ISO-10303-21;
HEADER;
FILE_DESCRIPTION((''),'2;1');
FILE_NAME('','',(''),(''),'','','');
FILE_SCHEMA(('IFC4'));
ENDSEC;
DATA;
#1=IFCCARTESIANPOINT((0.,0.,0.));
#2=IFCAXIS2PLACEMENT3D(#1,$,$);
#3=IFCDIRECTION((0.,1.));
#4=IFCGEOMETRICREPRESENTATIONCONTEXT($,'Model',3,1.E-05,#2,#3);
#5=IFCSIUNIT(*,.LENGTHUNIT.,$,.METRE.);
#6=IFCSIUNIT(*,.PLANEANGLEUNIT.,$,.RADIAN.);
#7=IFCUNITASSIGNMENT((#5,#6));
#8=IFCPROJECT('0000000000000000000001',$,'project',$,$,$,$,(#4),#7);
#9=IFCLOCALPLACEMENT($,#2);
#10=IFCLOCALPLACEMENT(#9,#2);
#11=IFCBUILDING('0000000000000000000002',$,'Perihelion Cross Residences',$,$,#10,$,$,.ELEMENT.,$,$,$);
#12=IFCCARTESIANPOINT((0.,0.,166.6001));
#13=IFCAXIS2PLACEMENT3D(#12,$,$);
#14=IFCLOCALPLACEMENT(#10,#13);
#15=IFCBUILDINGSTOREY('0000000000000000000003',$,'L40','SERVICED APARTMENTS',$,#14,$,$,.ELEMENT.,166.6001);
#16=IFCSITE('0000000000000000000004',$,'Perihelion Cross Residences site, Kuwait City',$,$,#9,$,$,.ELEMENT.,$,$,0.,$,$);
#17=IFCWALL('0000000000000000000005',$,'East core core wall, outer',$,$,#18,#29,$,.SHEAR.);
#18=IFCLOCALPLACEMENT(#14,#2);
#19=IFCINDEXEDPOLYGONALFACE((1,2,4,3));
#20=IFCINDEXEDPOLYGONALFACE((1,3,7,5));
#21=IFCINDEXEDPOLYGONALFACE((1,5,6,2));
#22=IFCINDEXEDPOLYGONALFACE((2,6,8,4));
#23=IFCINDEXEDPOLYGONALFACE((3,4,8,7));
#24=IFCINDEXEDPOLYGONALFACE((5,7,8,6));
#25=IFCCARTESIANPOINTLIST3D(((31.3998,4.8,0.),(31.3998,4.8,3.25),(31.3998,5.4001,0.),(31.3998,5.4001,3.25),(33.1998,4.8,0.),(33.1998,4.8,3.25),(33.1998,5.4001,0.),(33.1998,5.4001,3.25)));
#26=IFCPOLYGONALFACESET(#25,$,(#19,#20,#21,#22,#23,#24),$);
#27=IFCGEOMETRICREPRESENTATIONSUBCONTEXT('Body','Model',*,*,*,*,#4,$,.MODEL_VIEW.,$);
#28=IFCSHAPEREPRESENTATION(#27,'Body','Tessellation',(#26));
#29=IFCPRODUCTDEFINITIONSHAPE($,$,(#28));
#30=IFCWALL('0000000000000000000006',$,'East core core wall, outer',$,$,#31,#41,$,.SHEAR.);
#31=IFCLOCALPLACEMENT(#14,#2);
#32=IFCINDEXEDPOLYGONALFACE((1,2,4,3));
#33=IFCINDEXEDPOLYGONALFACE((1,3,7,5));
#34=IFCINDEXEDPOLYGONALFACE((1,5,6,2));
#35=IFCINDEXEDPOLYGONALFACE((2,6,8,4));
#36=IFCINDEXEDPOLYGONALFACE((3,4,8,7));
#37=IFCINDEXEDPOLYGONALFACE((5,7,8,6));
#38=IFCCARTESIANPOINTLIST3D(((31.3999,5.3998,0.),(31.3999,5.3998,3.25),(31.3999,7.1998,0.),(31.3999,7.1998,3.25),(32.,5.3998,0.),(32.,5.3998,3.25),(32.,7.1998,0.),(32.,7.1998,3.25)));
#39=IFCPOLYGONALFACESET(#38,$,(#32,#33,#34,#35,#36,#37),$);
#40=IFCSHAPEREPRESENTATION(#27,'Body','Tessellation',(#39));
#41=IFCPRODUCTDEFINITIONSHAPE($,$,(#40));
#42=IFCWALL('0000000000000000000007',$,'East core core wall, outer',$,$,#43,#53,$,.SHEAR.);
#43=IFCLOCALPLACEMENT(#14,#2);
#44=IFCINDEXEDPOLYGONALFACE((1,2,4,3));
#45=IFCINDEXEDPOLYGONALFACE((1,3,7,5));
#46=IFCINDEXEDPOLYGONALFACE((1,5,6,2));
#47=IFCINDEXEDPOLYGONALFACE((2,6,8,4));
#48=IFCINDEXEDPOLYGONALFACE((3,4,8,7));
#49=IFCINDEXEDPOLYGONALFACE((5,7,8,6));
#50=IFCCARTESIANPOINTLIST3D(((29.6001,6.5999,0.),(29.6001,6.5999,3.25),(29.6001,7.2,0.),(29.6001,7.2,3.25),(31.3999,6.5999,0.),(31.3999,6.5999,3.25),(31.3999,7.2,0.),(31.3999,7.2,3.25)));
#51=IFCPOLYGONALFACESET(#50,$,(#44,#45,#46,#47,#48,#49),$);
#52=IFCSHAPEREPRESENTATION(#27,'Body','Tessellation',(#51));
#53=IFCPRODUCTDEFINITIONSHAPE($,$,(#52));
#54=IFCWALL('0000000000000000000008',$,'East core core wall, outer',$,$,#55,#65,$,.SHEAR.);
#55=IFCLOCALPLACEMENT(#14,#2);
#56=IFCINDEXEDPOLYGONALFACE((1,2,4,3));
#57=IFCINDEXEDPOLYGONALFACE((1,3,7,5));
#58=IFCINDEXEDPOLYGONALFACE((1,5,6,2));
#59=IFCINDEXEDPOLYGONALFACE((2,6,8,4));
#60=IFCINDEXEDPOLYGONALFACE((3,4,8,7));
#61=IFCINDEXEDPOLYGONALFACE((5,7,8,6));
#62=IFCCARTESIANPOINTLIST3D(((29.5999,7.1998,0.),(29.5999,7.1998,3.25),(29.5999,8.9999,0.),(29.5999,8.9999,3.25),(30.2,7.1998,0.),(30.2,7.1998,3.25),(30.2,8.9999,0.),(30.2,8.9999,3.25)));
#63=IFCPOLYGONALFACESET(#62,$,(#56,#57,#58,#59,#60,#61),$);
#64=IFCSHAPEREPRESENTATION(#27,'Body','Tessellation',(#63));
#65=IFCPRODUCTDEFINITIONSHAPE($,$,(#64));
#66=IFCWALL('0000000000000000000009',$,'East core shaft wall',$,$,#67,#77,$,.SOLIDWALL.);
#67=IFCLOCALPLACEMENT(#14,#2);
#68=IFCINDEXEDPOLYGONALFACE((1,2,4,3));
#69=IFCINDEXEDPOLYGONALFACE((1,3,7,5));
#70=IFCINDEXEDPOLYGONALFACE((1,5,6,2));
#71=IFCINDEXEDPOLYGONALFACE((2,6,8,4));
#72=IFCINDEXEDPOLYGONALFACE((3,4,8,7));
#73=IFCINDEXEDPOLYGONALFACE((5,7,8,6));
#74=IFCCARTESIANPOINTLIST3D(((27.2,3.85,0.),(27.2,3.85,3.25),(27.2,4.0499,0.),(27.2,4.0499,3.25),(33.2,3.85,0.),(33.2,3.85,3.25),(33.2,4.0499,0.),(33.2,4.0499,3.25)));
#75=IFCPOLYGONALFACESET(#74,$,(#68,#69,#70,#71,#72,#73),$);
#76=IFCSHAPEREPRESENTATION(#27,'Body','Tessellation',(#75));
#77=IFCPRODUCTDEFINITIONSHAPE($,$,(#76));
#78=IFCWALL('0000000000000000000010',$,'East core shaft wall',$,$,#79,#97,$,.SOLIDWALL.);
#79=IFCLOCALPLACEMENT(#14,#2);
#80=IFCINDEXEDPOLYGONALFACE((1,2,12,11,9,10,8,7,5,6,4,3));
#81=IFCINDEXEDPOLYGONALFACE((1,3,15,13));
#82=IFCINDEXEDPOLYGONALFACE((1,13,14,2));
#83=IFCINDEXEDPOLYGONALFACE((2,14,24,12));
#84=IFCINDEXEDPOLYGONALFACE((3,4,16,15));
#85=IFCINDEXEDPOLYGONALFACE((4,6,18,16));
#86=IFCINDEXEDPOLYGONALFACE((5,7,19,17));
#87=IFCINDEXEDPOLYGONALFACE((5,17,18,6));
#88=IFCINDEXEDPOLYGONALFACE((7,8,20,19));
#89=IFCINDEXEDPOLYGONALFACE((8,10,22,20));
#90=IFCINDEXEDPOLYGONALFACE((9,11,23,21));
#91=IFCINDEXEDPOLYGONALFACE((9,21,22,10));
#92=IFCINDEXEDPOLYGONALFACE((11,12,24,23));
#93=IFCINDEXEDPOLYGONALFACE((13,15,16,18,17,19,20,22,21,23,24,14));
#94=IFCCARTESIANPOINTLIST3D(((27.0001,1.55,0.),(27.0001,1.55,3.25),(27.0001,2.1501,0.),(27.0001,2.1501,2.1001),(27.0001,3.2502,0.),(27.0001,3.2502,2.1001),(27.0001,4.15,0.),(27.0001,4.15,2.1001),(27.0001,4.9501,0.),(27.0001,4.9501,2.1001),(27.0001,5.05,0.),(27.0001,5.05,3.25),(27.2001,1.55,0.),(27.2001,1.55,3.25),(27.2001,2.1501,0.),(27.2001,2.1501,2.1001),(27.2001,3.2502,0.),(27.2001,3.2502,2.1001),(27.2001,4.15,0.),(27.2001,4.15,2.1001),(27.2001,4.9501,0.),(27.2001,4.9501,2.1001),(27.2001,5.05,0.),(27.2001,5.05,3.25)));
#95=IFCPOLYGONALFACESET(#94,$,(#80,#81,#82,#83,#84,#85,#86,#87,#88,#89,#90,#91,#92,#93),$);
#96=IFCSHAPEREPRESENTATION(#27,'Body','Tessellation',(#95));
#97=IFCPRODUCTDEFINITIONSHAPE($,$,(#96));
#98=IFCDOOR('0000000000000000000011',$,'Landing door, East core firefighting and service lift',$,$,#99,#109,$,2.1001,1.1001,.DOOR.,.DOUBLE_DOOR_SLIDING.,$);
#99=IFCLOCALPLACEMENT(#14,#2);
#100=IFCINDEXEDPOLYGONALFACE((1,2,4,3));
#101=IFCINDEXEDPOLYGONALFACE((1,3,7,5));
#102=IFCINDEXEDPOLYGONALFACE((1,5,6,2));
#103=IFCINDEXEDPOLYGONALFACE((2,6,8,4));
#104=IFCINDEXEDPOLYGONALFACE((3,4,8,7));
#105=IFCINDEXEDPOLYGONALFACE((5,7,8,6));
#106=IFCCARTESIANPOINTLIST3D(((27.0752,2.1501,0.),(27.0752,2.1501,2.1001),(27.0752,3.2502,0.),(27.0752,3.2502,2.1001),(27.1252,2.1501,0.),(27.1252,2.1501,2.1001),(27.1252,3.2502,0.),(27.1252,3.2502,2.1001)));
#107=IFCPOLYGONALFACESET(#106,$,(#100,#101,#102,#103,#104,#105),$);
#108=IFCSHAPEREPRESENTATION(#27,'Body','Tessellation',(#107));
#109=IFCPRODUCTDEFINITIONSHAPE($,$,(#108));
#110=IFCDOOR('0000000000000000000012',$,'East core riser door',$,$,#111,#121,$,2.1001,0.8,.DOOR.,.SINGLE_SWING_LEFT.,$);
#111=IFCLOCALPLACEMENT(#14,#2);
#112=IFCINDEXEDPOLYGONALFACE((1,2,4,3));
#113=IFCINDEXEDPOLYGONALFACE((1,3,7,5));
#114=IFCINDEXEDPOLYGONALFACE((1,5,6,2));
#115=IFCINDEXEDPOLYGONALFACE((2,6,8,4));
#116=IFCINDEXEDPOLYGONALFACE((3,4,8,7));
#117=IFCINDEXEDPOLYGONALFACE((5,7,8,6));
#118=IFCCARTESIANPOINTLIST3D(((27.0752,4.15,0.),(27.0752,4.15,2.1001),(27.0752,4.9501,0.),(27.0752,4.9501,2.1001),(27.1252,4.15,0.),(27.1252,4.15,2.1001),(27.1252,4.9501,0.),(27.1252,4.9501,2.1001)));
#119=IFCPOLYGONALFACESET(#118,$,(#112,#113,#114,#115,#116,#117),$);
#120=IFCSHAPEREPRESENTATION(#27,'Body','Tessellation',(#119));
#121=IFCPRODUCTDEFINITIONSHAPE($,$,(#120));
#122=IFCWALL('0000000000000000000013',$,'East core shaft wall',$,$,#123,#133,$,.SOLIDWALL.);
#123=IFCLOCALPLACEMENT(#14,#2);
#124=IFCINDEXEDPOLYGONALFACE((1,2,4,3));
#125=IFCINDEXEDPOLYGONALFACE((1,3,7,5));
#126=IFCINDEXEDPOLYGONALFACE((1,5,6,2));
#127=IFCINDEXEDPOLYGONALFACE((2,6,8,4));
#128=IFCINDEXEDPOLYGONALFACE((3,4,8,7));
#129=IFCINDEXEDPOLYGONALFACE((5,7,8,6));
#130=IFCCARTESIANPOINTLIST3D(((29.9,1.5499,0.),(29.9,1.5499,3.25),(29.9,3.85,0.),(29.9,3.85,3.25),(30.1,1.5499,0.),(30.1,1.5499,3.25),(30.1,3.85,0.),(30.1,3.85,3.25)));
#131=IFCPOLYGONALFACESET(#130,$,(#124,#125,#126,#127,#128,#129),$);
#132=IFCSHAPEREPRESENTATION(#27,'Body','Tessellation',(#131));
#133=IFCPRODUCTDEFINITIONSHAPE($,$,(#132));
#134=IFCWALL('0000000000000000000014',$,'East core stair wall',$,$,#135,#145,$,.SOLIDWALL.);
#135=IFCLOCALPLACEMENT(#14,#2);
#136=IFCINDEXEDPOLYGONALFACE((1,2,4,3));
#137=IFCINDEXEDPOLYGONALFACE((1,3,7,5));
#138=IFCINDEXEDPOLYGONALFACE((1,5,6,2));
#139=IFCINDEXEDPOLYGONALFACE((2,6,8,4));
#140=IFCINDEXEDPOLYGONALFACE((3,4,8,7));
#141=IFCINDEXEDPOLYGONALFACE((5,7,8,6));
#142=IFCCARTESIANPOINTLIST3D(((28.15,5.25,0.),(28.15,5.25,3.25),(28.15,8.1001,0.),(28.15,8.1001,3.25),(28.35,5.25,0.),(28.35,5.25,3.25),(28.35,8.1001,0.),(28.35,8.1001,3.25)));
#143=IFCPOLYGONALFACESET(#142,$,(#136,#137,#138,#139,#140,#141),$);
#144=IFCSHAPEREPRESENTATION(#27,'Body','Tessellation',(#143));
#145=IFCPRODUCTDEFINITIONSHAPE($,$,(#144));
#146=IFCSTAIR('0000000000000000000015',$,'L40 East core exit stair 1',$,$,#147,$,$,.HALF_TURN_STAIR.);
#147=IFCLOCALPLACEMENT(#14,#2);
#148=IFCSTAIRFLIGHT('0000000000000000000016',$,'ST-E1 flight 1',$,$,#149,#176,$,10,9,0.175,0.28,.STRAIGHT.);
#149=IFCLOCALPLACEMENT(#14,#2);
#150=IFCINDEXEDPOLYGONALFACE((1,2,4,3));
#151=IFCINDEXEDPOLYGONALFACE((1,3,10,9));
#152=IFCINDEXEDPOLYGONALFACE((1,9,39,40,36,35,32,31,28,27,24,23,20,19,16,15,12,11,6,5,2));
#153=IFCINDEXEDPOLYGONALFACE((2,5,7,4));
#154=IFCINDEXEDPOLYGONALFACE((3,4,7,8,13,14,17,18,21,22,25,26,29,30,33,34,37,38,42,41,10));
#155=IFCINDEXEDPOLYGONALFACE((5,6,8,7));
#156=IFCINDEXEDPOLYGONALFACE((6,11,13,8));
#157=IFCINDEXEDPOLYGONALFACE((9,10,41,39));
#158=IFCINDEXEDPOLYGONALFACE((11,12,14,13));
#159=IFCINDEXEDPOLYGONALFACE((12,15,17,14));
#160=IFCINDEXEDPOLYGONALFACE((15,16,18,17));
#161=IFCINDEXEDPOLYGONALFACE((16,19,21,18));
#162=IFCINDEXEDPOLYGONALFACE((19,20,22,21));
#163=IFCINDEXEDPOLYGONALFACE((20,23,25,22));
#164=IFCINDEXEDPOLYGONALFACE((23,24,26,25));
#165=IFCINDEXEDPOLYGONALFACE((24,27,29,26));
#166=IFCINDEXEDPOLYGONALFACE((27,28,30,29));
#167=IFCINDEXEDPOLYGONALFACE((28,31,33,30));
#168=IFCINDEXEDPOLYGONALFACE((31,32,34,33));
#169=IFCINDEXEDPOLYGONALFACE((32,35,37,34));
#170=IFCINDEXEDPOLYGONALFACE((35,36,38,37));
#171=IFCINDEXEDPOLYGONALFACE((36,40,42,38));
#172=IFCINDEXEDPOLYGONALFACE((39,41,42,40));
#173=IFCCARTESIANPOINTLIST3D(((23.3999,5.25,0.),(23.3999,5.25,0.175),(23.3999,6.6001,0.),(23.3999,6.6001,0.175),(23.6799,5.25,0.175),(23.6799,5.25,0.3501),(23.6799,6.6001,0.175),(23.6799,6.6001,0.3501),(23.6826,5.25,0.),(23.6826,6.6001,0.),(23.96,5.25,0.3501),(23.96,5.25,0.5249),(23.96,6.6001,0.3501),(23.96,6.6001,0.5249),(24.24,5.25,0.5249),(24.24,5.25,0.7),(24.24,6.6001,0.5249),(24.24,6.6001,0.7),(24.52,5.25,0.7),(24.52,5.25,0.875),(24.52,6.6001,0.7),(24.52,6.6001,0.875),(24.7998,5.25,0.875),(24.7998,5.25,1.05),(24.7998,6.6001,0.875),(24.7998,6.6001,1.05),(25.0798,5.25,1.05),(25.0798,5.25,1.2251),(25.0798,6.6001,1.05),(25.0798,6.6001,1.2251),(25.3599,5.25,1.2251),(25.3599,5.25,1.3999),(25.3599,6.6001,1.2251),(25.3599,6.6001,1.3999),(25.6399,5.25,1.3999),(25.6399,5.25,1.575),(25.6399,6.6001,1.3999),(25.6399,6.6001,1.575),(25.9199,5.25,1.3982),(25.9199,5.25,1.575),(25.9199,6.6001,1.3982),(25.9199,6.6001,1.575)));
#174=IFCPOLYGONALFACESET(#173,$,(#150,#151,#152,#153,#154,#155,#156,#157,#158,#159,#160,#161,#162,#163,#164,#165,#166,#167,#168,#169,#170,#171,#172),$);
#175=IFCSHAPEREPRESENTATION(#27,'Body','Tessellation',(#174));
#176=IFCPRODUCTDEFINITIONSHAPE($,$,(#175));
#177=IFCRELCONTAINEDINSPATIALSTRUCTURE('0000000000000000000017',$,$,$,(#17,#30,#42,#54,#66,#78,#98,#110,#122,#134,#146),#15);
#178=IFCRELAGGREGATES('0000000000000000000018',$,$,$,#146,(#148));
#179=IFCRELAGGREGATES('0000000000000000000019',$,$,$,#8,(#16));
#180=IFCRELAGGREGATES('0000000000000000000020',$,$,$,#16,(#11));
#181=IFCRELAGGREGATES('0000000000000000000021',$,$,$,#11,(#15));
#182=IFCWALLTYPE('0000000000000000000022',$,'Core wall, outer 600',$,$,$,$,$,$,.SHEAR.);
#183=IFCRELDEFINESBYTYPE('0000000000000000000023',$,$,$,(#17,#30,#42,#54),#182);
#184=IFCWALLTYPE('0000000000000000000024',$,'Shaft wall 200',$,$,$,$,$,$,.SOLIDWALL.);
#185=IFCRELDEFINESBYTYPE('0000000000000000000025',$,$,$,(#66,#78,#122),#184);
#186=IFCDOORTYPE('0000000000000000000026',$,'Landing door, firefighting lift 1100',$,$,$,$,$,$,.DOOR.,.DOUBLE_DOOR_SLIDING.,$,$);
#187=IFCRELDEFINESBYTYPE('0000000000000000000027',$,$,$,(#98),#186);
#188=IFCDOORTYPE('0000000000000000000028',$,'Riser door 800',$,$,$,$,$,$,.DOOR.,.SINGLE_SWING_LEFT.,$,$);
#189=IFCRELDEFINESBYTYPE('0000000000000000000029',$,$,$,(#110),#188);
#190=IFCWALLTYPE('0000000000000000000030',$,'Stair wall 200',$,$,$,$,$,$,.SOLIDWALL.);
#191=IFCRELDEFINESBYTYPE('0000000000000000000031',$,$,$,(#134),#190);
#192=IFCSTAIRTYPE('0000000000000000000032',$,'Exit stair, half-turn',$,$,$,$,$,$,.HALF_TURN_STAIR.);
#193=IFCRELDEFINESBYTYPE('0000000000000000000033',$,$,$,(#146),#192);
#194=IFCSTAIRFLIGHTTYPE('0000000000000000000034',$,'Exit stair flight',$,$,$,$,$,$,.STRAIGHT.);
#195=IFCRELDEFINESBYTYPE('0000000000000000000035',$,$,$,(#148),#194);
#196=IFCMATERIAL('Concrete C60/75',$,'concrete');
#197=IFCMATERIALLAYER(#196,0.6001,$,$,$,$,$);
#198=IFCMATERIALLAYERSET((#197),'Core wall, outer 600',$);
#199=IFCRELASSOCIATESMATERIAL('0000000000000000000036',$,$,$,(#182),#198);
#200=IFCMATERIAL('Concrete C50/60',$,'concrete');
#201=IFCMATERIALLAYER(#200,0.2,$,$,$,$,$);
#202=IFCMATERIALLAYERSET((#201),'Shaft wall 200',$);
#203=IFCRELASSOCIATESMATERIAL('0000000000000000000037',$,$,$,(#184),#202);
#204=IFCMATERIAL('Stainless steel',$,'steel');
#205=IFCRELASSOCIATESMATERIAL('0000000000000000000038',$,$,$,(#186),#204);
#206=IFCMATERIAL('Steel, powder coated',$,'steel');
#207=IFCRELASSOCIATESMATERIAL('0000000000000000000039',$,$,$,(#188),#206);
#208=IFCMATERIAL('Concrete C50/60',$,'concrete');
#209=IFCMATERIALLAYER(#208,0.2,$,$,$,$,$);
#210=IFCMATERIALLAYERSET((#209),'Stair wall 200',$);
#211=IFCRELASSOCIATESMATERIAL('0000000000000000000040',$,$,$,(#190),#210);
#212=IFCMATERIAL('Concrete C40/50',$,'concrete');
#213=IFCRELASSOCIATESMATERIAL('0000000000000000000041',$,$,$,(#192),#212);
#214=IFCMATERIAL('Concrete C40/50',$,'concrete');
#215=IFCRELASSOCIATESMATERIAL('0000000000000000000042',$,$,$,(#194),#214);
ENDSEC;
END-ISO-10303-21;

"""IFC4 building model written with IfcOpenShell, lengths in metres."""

from ifc_helpers import new_model, si_unit, direction, frame, frame_2d, origin, place, context, subcontext, project, spatial, polyline, rectangle, outline, extrude, material, layer, layer_set, type_object, element, fill, aggregate, save


model = new_model("IFC4")

# Units and contexts
model_context = context("Model", 3, precision=1e-05, world=origin(), true_north=direction((0.0, 1.0)))
body_context = subcontext(model_context, "Body", "Model", "MODEL_VIEW")
ifc_project = project(units=[si_unit("LENGTHUNIT", "METRE"), si_unit("PLANEANGLEUNIT", "RADIAN")], contexts=[model_context])

# Site, building, storey
site_placement = place(None, origin())
site = spatial("IfcSite", under=ifc_project, at=site_placement, Name="Perihelion Cross Residences site, Kuwait City", CompositionType="ELEMENT", RefElevation=0.0)
building_placement = place(site_placement, origin())
building = spatial("IfcBuilding", under=site, at=building_placement, Name="Perihelion Cross Residences", CompositionType="ELEMENT")
storey_placement = place(building_placement, frame((0.0, 0.0, 166.6001)))
storey = spatial("IfcBuildingStorey", under=building, at=storey_placement, Name="L40", Description="SERVICED APARTMENTS", CompositionType="ELEMENT", Elevation=166.6001)

# Walls
ifc_material_1 = material(Name="Concrete C60/75", Category="concrete")
ifc_layer_1 = layer(ifc_material_1, 0.6001)
ifc_layer_set_1 = layer_set([ifc_layer_1], Name="Core wall, outer 600")
wall_type_1 = type_object("IfcWallType", Name="Core wall, outer 600", PredefinedType="SHEAR", material=ifc_layer_set_1)
for number, where, z_axis, x_axis, name in (
    (1, (31.3999, 5.1001, 0.0), (0.0, 0.0, 1.0), (1.0, 0.0, 0.0), "East core core wall, outer"),
    (2, (31.7, 5.3999, 0.0), (0.0, 0.0, 1.0), (0.0, 1.0, 0.0), "East core core wall, outer"),
):
    element("IfcWall", number, at=place(storey_placement, frame(where, z_axis=z_axis, x_axis=x_axis)), inside=storey, type_object=wall_type_1, Name=name, PredefinedType="SHEAR", context=body_context, shape_type="SweptSolid", body=[
        extrude(rectangle(XDim=1.8, YDim=0.6001, at=frame_2d((0.8999, 0.0))), origin(), (0.0, 0.0, 1.0), 3.25),
    ])
wall_1_placement = place(storey_placement, frame((29.6001, 6.8999, 0.0), z_axis=(0.0, 0.0, 1.0), x_axis=(1.0, 0.0, 0.0)))
element("IfcWall", 3, at=wall_1_placement, inside=storey, type_object=wall_type_1, Name="East core core wall, outer", PredefinedType="SHEAR", context=body_context, shape_type="SweptSolid", body=[
    extrude(rectangle(XDim=1.7998, YDim=0.6001, at=frame_2d((0.8999, 0.0))), origin(), (0.0, 0.0, 1.0), 3.25),
])
wall_2_placement = place(storey_placement, frame((29.8999, 7.2, 0.0), z_axis=(0.0, 0.0, 1.0), x_axis=(0.0, 1.0, 0.0)))
element("IfcWall", 4, at=wall_2_placement, inside=storey, type_object=wall_type_1, Name="East core core wall, outer", PredefinedType="SHEAR", context=body_context, shape_type="SweptSolid", body=[
    extrude(rectangle(XDim=1.8, YDim=0.6001, at=frame_2d((0.8999, 0.0))), origin(), (0.0, 0.0, 1.0), 3.25),
])
ifc_material_2 = material(Name="Concrete C50/60", Category="concrete")
ifc_layer_2 = layer(ifc_material_2, 0.2)
ifc_layer_set_2 = layer_set([ifc_layer_2], Name="Shaft wall 200")
wall_type_2 = type_object("IfcWallType", Name="Shaft wall 200", PredefinedType="SOLIDWALL", material=ifc_layer_set_2)
wall_3_placement = place(storey_placement, frame((27.2, 3.95, 0.0), z_axis=(0.0, 0.0, 1.0), x_axis=(1.0, 0.0, 0.0)))
element("IfcWall", 5, at=wall_3_placement, inside=storey, type_object=wall_type_2, Name="East core shaft wall", PredefinedType="SOLIDWALL", context=body_context, shape_type="SweptSolid", body=[
    extrude(rectangle(XDim=6.0, YDim=0.2, at=frame_2d((3.0, 0.0))), origin(), (0.0, 0.0, 1.0), 3.25),
])

# Wall, openings, doors
wall_4_placement = place(storey_placement, frame((27.1001, 1.55, 0.0), z_axis=(0.0, 0.0, 1.0), x_axis=(0.0, 1.0, 0.0)))
wall_4 = element("IfcWall", 6, at=wall_4_placement, inside=storey, type_object=wall_type_2, Name="East core shaft wall", PredefinedType="SOLIDWALL", context=body_context, shape_type="SweptSolid", body=[
    extrude(rectangle(XDim=3.5, YDim=0.2, at=frame_2d((1.75, 0.0))), origin(), (0.0, 0.0, 1.0), 3.25),
])
opening_1_placement = place(wall_4_placement, frame((0.6001, 0.0, 0.0)))
opening_1 = element("IfcOpeningElement", 7, at=opening_1_placement, cuts=wall_4, PredefinedType="OPENING", context=body_context, shape_type="SweptSolid", body=[
    extrude(rectangle(XDim=1.1001, YDim=2.1001, at=frame_2d((0.55, 1.05))), frame((0.0, 0.1099, 0.0), z_axis=(0.0, -1.0, 0.0), x_axis=(1.0, 0.0, 0.0)), (0.0, 0.0, 1.0), 0.22),
])
opening_2_placement = place(wall_4_placement, frame((2.6001, 0.0, 0.0)))
opening_2 = element("IfcOpeningElement", 8, at=opening_2_placement, cuts=wall_4, PredefinedType="OPENING", context=body_context, shape_type="SweptSolid", body=[
    extrude(rectangle(XDim=0.8, YDim=2.1001, at=frame_2d((0.3999, 1.05))), frame((0.0, 0.1099, 0.0), z_axis=(0.0, -1.0, 0.0), x_axis=(1.0, 0.0, 0.0)), (0.0, 0.0, 1.0), 0.22),
])
ifc_material_3 = material(Name="Stainless steel", Category="steel")
door_type_1 = type_object("IfcDoorType", Name="Landing door, firefighting lift 1100", OperationType="DOUBLE_DOOR_SLIDING", PredefinedType="DOOR", material=ifc_material_3)
door_1_placement = place(opening_1_placement, origin())
door_1 = element("IfcDoor", 9, at=door_1_placement, inside=storey, type_object=door_type_1, Name="Landing door, East core firefighting and service lift", OperationType="DOUBLE_DOOR_SLIDING", OverallHeight=2.1001, OverallWidth=1.1001, PredefinedType="DOOR", context=body_context, shape_type="SweptSolid", body=[
    extrude(rectangle(XDim=1.1001, YDim=2.1001, at=frame_2d((0.55, 1.05))), frame((0.0, 0.0249, 0.0), z_axis=(0.0, -1.0, 0.0), x_axis=(1.0, 0.0, 0.0)), (0.0, 0.0, 1.0), 0.05),
])
fill(opening_1, door_1)
ifc_material_4 = material(Name="Steel, powder coated", Category="steel")
door_type_2 = type_object("IfcDoorType", Name="Riser door 800", OperationType="SINGLE_SWING_LEFT", PredefinedType="DOOR", material=ifc_material_4)
door_2_placement = place(opening_2_placement, origin())
door_2 = element("IfcDoor", 10, at=door_2_placement, inside=storey, type_object=door_type_2, Name="East core riser door", OperationType="SINGLE_SWING_LEFT", OverallHeight=2.1001, OverallWidth=0.8, PredefinedType="DOOR", context=body_context, shape_type="SweptSolid", body=[
    extrude(rectangle(XDim=0.8, YDim=2.1001, at=frame_2d((0.3999, 1.05))), frame((0.0, 0.0249, 0.0), z_axis=(0.0, -1.0, 0.0), x_axis=(1.0, 0.0, 0.0)), (0.0, 0.0, 1.0), 0.05),
])
fill(opening_2, door_2)

# Walls
wall_5_placement = place(storey_placement, frame((30.0, 1.55, 0.0), z_axis=(0.0, 0.0, 1.0), x_axis=(0.0, 1.0, 0.0)))
element("IfcWall", 11, at=wall_5_placement, inside=storey, type_object=wall_type_2, Name="East core shaft wall", PredefinedType="SOLIDWALL", context=body_context, shape_type="SweptSolid", body=[
    extrude(rectangle(XDim=2.3, YDim=0.2, at=frame_2d((1.1499, 0.0))), origin(), (0.0, 0.0, 1.0), 3.25),
])
ifc_material_5 = material(Name="Concrete C50/60", Category="concrete")
ifc_layer_3 = layer(ifc_material_5, 0.2)
ifc_layer_set_3 = layer_set([ifc_layer_3], Name="Stair wall 200")
wall_type_3 = type_object("IfcWallType", Name="Stair wall 200", PredefinedType="SOLIDWALL", material=ifc_layer_set_3)
wall_6_placement = place(storey_placement, frame((28.25, 5.25, 0.0), z_axis=(0.0, 0.0, 1.0), x_axis=(0.0, 1.0, 0.0)))
element("IfcWall", 12, at=wall_6_placement, inside=storey, type_object=wall_type_3, Name="East core stair wall", PredefinedType="SOLIDWALL", context=body_context, shape_type="SweptSolid", body=[
    extrude(rectangle(XDim=2.8501, YDim=0.2, at=frame_2d((1.425, 0.0))), origin(), (0.0, 0.0, 1.0), 3.25),
])

# Stair, stair flight
ifc_material_6 = material(Name="Concrete C40/50", Category="concrete")
stair_type = type_object("IfcStairType", Name="Exit stair, half-turn", PredefinedType="HALF_TURN_STAIR", material=ifc_material_6)
stair_placement = place(storey_placement, origin())
stair = element("IfcStair", 13, at=stair_placement, inside=storey, type_object=stair_type, Name="L40 East core exit stair 1", PredefinedType="HALF_TURN_STAIR")
ifc_material_7 = material(Name="Concrete C40/50", Category="concrete")
stair_flight_type = type_object("IfcStairFlightType", Name="Exit stair flight", PredefinedType="STRAIGHT", material=ifc_material_7)
stair_flight_1_placement = place(storey_placement, frame((23.3999, 5.925, 0.0), z_axis=(0.0, 0.0, 1.0), x_axis=(1.0, 0.0, 0.0)))
stair_flight_1 = element("IfcStairFlight", 14, at=stair_flight_1_placement, type_object=stair_flight_type, Name="ST-E1 flight 1", NumberOfRisers=10, NumberOfTreads=9, PredefinedType="STRAIGHT", RiserHeight=0.175, TreadLength=0.28, context=body_context, shape_type="SweptSolid", body=[
    extrude(outline(polyline([(0.0, 0.0), (0.0, 0.175), (0.28, 0.175), (0.28, 0.3501), (0.5601, 0.3501), (0.5601, 0.5249), (0.8401, 0.5249), (0.8401, 0.7), (1.1201, 0.7), (1.1201, 0.875), (1.3999, 0.875), (1.3999, 1.05), (1.6799, 1.05), (1.6799, 1.2251), (1.96, 1.2251), (1.96, 1.3999), (2.24, 1.3999), (2.24, 1.575), (2.52, 1.575), (2.52, 1.75), (2.52, 1.3982), (0.2827, 0.0), (0.0, 0.0)])), frame((0.0, 0.675, 0.0), z_axis=(0.0, -1.0, 0.0), x_axis=(1.0, 0.0, 0.0)), (0.0, 0.0, 1.0), 1.3501),
])
aggregate(stair, [stair_flight_1])

save(model, "model.ifc")
